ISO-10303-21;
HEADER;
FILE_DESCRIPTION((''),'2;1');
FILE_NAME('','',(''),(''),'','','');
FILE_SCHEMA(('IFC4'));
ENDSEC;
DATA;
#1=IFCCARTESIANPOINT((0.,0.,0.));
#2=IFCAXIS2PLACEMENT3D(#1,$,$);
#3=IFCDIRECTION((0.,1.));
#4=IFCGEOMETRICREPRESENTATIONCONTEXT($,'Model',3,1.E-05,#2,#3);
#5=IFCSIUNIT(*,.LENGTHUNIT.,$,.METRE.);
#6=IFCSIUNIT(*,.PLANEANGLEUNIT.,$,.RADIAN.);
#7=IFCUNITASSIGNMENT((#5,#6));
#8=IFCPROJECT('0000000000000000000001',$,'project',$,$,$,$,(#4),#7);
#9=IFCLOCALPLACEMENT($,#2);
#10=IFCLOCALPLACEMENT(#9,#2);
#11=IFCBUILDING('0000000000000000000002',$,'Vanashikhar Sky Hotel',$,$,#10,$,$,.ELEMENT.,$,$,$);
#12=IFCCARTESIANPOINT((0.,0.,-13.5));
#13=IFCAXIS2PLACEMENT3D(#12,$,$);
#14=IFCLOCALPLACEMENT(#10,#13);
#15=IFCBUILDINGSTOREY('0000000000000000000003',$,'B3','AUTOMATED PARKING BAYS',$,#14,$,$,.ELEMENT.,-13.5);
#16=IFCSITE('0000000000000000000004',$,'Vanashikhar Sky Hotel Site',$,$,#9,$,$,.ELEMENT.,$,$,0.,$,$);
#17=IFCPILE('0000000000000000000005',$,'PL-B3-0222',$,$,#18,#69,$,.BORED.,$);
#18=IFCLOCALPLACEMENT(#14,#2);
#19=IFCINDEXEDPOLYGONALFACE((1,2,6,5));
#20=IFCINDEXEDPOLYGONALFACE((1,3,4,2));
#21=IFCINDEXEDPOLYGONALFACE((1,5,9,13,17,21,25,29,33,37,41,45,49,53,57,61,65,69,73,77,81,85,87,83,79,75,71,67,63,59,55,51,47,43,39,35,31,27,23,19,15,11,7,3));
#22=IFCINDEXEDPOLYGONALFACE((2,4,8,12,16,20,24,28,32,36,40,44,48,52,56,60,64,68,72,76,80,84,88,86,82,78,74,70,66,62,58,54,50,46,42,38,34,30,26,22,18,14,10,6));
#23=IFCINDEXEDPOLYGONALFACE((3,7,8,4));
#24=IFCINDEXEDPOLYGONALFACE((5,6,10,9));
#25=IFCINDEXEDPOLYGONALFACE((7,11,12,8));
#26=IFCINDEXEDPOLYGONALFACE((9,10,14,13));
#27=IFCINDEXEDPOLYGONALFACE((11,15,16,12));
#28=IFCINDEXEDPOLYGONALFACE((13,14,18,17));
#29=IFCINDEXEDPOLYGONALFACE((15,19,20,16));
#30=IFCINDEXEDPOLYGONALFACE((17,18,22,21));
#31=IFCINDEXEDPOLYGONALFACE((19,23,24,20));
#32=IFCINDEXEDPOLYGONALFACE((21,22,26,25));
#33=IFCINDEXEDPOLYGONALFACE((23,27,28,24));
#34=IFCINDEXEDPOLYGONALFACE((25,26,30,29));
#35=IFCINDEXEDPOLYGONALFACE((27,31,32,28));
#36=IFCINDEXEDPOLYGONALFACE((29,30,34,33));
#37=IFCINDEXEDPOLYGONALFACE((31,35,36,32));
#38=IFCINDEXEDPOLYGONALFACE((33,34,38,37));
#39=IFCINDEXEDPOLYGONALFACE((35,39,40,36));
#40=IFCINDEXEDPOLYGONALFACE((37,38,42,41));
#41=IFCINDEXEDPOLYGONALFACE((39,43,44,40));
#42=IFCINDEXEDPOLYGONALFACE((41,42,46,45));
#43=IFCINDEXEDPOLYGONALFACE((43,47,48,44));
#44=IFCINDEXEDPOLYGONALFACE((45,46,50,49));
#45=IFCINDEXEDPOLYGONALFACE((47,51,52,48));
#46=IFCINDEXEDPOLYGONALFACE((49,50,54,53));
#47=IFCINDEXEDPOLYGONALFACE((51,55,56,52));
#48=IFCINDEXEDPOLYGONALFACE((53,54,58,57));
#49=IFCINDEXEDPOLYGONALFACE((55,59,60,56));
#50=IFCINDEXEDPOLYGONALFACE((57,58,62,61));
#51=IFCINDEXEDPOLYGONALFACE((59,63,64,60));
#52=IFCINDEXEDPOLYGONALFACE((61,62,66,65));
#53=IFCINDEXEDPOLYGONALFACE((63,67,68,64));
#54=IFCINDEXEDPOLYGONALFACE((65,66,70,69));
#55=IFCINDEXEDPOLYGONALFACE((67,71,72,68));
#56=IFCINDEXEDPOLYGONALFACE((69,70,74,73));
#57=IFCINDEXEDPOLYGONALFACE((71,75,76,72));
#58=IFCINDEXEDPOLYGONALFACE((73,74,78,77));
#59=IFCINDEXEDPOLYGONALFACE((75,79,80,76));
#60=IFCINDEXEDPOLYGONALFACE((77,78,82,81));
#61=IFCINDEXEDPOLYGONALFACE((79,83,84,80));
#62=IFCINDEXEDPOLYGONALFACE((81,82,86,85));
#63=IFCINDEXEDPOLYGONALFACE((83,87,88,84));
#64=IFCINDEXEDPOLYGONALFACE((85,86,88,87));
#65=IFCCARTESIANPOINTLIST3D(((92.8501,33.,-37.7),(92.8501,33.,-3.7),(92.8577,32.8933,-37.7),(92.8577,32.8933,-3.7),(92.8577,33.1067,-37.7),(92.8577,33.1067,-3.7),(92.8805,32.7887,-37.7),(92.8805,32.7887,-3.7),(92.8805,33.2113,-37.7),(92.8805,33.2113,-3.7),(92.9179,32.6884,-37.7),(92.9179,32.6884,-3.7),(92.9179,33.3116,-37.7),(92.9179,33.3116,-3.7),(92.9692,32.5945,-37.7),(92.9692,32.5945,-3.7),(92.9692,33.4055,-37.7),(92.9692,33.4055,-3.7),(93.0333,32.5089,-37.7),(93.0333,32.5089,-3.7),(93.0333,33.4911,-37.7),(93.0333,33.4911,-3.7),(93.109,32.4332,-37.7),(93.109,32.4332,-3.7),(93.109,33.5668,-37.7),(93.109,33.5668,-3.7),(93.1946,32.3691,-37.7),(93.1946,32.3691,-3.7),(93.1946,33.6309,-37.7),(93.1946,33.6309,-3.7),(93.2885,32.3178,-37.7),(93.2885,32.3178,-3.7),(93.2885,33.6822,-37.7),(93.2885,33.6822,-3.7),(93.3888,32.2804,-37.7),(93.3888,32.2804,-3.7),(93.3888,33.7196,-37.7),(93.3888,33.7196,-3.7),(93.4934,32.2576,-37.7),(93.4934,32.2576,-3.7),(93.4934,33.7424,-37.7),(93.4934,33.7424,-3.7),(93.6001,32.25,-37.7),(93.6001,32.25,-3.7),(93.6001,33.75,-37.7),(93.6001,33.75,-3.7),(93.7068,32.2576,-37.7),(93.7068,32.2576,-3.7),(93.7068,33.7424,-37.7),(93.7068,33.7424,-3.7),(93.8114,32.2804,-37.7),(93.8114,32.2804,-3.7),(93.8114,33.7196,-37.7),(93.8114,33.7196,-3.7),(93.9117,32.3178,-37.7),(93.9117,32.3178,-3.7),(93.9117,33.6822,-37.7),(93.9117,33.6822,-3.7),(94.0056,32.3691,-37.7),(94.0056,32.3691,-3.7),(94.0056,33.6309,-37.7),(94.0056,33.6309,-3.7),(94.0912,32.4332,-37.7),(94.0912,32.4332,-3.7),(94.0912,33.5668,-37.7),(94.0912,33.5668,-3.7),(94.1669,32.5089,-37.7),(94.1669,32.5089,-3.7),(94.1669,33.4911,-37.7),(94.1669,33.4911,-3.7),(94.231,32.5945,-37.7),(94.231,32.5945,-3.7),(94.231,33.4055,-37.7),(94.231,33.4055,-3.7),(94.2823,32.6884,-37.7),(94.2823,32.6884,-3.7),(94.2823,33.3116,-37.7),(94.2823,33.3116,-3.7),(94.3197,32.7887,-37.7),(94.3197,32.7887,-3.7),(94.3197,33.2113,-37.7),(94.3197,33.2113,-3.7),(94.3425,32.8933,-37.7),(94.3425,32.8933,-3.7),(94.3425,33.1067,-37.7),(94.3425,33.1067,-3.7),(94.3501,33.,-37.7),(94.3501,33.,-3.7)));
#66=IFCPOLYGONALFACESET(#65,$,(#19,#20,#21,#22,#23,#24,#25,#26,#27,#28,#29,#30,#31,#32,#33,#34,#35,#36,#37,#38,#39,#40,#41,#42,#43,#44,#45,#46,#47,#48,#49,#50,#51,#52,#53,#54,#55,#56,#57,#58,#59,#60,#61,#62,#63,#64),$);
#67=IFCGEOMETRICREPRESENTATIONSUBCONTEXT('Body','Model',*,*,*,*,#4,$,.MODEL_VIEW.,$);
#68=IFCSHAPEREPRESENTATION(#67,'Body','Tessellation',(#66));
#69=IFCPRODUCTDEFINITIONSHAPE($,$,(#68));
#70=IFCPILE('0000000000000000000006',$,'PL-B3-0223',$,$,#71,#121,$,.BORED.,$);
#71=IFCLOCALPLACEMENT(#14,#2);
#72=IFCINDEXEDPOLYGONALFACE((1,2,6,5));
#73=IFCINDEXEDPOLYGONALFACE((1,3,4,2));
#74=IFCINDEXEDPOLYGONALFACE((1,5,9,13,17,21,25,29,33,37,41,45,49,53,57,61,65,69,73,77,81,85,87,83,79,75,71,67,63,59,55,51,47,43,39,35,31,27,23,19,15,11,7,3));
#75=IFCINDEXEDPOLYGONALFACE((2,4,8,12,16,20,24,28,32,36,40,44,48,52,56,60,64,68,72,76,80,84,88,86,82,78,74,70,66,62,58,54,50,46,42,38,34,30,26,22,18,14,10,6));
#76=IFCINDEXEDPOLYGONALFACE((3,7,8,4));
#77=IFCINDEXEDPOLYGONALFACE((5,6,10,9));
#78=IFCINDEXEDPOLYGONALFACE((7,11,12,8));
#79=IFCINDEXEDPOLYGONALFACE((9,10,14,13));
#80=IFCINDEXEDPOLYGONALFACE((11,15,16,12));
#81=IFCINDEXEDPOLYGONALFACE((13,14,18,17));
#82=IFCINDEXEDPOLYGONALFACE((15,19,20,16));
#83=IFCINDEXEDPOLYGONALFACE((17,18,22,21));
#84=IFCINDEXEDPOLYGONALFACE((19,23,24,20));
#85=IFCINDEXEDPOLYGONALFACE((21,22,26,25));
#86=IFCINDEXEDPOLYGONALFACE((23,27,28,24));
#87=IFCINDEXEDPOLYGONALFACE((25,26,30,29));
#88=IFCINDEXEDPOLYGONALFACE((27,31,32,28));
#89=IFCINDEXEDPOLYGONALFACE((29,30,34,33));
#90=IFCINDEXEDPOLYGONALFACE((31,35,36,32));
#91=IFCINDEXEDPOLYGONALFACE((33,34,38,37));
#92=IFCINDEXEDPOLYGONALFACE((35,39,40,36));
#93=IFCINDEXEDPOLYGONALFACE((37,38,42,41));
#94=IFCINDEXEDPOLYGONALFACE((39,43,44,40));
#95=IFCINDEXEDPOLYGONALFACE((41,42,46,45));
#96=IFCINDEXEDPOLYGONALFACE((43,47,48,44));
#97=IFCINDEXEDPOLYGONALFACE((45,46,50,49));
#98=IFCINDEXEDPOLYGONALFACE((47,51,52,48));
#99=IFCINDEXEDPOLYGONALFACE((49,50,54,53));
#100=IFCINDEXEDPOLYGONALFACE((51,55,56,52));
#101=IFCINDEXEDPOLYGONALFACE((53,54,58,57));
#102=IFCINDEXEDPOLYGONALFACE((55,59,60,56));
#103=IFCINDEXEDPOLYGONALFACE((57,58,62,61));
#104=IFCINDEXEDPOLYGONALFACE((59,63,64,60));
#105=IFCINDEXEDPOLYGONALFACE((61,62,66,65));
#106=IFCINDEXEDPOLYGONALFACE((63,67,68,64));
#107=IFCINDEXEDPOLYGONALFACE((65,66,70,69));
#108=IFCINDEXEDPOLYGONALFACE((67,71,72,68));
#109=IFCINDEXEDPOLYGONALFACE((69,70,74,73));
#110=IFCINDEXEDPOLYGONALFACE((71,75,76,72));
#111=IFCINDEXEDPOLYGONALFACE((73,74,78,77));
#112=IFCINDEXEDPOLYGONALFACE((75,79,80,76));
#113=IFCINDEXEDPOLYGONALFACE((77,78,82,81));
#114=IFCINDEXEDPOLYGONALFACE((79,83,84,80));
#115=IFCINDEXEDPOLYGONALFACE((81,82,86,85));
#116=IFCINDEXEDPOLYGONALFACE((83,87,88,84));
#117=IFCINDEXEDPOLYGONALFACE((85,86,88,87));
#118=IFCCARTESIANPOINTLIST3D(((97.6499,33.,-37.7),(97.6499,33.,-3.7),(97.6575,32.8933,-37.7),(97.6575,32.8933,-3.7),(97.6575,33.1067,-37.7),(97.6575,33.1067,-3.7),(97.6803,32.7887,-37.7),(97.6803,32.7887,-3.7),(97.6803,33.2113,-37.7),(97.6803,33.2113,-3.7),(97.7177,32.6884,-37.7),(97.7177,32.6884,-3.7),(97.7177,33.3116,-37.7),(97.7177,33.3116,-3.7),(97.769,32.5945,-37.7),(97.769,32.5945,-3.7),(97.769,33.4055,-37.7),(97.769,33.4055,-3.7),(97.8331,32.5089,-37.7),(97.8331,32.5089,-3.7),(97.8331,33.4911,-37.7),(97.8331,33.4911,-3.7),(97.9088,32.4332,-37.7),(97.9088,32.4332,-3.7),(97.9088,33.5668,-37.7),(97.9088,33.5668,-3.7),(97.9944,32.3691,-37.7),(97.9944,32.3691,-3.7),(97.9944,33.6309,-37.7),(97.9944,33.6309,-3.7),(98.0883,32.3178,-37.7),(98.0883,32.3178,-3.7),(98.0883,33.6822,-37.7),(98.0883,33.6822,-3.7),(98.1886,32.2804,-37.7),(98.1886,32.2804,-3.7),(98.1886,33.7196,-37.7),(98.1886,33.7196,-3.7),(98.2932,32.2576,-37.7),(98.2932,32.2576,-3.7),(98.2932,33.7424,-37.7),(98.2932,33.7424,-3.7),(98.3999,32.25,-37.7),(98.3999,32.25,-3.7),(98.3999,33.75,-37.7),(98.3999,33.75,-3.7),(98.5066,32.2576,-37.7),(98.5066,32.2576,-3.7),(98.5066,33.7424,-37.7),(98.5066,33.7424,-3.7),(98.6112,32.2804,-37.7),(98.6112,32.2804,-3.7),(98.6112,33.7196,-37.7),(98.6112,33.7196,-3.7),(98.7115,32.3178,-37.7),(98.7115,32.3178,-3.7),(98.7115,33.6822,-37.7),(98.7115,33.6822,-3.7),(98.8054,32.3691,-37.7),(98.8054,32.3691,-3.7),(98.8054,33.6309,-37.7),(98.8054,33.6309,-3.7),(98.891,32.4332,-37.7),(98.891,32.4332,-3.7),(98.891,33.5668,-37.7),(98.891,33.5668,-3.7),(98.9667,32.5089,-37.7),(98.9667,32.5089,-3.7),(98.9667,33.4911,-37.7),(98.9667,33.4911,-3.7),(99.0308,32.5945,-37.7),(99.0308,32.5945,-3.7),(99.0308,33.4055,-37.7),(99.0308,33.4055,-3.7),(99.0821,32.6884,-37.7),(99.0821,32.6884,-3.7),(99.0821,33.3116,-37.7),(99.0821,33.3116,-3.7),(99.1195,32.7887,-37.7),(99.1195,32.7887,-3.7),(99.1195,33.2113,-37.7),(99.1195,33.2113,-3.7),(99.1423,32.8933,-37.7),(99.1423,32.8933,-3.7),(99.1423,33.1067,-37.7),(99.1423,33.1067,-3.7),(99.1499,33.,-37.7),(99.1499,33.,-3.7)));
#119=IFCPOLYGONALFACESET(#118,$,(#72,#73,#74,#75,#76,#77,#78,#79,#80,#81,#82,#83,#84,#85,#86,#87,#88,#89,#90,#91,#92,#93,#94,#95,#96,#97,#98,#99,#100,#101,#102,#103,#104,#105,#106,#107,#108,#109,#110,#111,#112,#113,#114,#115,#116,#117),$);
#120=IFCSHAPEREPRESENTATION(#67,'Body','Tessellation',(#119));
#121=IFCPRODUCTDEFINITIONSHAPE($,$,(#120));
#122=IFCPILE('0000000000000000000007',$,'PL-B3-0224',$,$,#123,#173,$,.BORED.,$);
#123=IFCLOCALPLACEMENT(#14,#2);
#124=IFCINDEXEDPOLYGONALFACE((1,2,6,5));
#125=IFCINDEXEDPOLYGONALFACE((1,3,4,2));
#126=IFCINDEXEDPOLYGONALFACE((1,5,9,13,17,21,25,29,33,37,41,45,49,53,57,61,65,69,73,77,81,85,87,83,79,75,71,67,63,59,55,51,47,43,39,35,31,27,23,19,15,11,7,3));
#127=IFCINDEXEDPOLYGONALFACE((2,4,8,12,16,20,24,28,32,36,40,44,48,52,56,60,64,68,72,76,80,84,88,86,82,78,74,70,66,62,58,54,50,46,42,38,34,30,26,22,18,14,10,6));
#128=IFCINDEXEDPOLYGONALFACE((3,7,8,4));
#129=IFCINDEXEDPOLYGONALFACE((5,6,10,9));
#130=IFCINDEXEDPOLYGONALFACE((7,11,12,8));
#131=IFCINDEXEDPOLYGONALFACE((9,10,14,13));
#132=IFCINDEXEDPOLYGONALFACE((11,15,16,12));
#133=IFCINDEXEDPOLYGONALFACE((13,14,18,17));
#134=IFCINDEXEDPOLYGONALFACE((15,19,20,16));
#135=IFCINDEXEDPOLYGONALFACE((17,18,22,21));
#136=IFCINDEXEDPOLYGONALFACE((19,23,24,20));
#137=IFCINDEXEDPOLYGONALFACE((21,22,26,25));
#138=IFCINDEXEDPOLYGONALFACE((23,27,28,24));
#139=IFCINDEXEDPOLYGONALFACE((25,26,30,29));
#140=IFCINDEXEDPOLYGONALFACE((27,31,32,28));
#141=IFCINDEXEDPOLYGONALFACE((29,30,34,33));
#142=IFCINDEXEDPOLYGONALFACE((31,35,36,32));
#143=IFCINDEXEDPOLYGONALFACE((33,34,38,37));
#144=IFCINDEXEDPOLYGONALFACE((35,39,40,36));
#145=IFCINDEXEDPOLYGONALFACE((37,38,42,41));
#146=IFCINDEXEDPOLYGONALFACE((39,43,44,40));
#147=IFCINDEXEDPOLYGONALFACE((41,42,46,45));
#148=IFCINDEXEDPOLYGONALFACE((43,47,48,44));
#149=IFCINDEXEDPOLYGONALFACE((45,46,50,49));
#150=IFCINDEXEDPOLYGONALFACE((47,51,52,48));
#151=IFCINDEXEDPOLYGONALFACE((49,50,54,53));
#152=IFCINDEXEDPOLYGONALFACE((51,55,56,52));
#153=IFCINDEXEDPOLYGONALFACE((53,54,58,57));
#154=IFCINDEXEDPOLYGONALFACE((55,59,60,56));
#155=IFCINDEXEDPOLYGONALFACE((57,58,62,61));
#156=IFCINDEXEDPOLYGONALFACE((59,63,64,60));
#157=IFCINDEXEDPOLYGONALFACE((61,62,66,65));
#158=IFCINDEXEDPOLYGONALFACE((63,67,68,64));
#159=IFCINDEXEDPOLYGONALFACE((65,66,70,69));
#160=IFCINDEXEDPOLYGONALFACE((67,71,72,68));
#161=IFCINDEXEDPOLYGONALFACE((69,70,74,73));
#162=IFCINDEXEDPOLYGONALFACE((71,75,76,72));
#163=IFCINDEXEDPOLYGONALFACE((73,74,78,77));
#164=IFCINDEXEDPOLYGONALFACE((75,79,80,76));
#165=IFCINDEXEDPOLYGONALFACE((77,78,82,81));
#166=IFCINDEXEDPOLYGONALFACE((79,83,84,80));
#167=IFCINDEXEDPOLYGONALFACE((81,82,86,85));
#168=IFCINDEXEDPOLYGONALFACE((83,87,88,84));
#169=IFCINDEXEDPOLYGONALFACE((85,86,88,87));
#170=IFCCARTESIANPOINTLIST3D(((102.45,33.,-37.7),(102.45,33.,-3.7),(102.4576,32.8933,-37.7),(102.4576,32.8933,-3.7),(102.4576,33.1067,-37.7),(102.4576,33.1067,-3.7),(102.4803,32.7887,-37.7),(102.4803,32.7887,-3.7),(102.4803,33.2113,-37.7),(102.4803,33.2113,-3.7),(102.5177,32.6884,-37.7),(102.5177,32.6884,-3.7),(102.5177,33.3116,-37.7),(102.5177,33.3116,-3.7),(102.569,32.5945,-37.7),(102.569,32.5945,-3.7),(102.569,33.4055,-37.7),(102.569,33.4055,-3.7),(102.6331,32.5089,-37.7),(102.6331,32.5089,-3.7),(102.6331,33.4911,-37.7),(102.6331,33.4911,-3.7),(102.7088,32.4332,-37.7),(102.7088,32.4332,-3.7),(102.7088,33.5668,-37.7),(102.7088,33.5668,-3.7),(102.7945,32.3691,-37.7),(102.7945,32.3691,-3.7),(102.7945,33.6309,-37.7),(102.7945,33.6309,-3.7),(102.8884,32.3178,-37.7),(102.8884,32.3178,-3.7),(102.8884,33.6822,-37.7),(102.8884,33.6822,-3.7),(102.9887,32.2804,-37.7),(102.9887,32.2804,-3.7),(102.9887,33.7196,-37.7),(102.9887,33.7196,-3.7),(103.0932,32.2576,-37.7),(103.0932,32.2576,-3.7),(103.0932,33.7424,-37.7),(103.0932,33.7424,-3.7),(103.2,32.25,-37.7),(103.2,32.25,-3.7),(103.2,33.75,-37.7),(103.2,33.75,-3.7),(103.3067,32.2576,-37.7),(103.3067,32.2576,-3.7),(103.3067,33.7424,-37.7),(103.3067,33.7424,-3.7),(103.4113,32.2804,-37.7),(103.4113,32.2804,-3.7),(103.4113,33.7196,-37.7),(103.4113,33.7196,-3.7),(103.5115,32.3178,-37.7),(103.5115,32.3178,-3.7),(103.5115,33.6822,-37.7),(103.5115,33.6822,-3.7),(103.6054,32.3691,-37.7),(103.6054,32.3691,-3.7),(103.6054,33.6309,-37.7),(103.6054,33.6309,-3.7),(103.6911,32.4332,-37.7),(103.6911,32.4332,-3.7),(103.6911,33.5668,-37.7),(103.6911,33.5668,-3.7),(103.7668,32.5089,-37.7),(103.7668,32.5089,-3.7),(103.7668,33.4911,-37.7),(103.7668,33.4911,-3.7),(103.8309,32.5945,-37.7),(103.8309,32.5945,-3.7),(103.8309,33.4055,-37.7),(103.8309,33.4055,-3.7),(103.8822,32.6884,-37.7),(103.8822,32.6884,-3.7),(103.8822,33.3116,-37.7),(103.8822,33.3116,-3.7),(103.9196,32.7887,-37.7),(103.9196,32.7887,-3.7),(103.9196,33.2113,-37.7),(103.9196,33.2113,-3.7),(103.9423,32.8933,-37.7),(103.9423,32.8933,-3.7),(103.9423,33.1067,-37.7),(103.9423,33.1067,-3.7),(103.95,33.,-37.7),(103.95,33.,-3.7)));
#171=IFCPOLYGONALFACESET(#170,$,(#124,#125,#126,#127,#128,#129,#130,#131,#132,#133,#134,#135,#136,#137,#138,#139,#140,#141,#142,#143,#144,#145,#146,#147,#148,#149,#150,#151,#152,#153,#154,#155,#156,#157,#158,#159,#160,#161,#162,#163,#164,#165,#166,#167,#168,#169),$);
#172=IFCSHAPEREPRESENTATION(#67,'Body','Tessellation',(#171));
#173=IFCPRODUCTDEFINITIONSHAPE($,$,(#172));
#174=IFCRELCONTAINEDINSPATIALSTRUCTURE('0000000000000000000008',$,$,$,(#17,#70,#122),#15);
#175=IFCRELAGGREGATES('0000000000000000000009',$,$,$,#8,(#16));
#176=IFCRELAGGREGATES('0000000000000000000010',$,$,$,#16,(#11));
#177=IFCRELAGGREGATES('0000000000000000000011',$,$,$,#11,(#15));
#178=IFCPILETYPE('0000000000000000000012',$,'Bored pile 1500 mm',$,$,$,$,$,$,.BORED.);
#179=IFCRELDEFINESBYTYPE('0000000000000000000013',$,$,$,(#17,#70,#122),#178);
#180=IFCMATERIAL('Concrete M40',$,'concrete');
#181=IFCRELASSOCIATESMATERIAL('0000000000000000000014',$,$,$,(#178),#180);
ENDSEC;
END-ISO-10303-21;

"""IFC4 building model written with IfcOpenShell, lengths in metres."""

from ifc_helpers import new_model, si_unit, direction, frame, origin, origin_2d, place, context, subcontext, project, spatial, circle, extrude, source, transform, mapped, material, type_object, element, save


model = new_model("IFC4")

# Units and contexts
model_context = context("Model", 3, precision=1e-05, world=origin(), true_north=direction((0.0, 1.0)))
body_context = subcontext(model_context, "Body", "Model", "MODEL_VIEW")
ifc_project = project(units=[si_unit("LENGTHUNIT", "METRE"), si_unit("PLANEANGLEUNIT", "RADIAN")], contexts=[model_context])

# Site, building, storey
site_placement = place(None, origin())
site = spatial("IfcSite", under=ifc_project, at=site_placement, Name="Vanashikhar Sky Hotel Site", CompositionType="ELEMENT", RefElevation=0.0)
building_placement = place(site_placement, origin())
building = spatial("IfcBuilding", under=site, at=building_placement, Name="Vanashikhar Sky Hotel", CompositionType="ELEMENT")
storey_placement = place(building_placement, frame((0.0, 0.0, -13.5)))
storey = spatial("IfcBuildingStorey", under=building, at=storey_placement, Name="B3", Description="AUTOMATED PARKING BAYS", CompositionType="ELEMENT", Elevation=-13.5)

# Piles
ifc_material_1 = material(Name="Concrete M40", Category="concrete")
pile_type_1 = type_object("IfcPileType", Name="Bored pile 1500 mm", PredefinedType="BORED", material=ifc_material_1)
shared_shape_1 = source(origin(), body_context, "Body", "SweptSolid", [
    extrude(circle(Radius=0.75, at=origin_2d()), origin(), (0.0, 0.0, 1.0), 34.0),
])
for number, where, z_axis, x_axis, name in (
    (1, (93.6001, 33.0, -3.7), (0.0, 0.0, -1.0), (1.0, 0.0, 0.0), "PL-B3-0222"),
    (2, (98.3999, 33.0, -3.7), (0.0, 0.0, -1.0), (1.0, 0.0, 0.0), "PL-B3-0223"),
    (3, (103.2, 33.0, -3.7), (0.0, 0.0, -1.0), (1.0, 0.0, 0.0), "PL-B3-0224"),
):
    element("IfcPile", number, at=place(storey_placement, frame(where, z_axis=z_axis, x_axis=x_axis)), inside=storey, type_object=pile_type_1, Name=name, PredefinedType="BORED", context=body_context, shape_type="MappedRepresentation", body=[
        mapped(shared_shape_1, transform((0.0, 0.0, 0.0), scale=1.0)),
    ])

save(model, "model.ifc")
